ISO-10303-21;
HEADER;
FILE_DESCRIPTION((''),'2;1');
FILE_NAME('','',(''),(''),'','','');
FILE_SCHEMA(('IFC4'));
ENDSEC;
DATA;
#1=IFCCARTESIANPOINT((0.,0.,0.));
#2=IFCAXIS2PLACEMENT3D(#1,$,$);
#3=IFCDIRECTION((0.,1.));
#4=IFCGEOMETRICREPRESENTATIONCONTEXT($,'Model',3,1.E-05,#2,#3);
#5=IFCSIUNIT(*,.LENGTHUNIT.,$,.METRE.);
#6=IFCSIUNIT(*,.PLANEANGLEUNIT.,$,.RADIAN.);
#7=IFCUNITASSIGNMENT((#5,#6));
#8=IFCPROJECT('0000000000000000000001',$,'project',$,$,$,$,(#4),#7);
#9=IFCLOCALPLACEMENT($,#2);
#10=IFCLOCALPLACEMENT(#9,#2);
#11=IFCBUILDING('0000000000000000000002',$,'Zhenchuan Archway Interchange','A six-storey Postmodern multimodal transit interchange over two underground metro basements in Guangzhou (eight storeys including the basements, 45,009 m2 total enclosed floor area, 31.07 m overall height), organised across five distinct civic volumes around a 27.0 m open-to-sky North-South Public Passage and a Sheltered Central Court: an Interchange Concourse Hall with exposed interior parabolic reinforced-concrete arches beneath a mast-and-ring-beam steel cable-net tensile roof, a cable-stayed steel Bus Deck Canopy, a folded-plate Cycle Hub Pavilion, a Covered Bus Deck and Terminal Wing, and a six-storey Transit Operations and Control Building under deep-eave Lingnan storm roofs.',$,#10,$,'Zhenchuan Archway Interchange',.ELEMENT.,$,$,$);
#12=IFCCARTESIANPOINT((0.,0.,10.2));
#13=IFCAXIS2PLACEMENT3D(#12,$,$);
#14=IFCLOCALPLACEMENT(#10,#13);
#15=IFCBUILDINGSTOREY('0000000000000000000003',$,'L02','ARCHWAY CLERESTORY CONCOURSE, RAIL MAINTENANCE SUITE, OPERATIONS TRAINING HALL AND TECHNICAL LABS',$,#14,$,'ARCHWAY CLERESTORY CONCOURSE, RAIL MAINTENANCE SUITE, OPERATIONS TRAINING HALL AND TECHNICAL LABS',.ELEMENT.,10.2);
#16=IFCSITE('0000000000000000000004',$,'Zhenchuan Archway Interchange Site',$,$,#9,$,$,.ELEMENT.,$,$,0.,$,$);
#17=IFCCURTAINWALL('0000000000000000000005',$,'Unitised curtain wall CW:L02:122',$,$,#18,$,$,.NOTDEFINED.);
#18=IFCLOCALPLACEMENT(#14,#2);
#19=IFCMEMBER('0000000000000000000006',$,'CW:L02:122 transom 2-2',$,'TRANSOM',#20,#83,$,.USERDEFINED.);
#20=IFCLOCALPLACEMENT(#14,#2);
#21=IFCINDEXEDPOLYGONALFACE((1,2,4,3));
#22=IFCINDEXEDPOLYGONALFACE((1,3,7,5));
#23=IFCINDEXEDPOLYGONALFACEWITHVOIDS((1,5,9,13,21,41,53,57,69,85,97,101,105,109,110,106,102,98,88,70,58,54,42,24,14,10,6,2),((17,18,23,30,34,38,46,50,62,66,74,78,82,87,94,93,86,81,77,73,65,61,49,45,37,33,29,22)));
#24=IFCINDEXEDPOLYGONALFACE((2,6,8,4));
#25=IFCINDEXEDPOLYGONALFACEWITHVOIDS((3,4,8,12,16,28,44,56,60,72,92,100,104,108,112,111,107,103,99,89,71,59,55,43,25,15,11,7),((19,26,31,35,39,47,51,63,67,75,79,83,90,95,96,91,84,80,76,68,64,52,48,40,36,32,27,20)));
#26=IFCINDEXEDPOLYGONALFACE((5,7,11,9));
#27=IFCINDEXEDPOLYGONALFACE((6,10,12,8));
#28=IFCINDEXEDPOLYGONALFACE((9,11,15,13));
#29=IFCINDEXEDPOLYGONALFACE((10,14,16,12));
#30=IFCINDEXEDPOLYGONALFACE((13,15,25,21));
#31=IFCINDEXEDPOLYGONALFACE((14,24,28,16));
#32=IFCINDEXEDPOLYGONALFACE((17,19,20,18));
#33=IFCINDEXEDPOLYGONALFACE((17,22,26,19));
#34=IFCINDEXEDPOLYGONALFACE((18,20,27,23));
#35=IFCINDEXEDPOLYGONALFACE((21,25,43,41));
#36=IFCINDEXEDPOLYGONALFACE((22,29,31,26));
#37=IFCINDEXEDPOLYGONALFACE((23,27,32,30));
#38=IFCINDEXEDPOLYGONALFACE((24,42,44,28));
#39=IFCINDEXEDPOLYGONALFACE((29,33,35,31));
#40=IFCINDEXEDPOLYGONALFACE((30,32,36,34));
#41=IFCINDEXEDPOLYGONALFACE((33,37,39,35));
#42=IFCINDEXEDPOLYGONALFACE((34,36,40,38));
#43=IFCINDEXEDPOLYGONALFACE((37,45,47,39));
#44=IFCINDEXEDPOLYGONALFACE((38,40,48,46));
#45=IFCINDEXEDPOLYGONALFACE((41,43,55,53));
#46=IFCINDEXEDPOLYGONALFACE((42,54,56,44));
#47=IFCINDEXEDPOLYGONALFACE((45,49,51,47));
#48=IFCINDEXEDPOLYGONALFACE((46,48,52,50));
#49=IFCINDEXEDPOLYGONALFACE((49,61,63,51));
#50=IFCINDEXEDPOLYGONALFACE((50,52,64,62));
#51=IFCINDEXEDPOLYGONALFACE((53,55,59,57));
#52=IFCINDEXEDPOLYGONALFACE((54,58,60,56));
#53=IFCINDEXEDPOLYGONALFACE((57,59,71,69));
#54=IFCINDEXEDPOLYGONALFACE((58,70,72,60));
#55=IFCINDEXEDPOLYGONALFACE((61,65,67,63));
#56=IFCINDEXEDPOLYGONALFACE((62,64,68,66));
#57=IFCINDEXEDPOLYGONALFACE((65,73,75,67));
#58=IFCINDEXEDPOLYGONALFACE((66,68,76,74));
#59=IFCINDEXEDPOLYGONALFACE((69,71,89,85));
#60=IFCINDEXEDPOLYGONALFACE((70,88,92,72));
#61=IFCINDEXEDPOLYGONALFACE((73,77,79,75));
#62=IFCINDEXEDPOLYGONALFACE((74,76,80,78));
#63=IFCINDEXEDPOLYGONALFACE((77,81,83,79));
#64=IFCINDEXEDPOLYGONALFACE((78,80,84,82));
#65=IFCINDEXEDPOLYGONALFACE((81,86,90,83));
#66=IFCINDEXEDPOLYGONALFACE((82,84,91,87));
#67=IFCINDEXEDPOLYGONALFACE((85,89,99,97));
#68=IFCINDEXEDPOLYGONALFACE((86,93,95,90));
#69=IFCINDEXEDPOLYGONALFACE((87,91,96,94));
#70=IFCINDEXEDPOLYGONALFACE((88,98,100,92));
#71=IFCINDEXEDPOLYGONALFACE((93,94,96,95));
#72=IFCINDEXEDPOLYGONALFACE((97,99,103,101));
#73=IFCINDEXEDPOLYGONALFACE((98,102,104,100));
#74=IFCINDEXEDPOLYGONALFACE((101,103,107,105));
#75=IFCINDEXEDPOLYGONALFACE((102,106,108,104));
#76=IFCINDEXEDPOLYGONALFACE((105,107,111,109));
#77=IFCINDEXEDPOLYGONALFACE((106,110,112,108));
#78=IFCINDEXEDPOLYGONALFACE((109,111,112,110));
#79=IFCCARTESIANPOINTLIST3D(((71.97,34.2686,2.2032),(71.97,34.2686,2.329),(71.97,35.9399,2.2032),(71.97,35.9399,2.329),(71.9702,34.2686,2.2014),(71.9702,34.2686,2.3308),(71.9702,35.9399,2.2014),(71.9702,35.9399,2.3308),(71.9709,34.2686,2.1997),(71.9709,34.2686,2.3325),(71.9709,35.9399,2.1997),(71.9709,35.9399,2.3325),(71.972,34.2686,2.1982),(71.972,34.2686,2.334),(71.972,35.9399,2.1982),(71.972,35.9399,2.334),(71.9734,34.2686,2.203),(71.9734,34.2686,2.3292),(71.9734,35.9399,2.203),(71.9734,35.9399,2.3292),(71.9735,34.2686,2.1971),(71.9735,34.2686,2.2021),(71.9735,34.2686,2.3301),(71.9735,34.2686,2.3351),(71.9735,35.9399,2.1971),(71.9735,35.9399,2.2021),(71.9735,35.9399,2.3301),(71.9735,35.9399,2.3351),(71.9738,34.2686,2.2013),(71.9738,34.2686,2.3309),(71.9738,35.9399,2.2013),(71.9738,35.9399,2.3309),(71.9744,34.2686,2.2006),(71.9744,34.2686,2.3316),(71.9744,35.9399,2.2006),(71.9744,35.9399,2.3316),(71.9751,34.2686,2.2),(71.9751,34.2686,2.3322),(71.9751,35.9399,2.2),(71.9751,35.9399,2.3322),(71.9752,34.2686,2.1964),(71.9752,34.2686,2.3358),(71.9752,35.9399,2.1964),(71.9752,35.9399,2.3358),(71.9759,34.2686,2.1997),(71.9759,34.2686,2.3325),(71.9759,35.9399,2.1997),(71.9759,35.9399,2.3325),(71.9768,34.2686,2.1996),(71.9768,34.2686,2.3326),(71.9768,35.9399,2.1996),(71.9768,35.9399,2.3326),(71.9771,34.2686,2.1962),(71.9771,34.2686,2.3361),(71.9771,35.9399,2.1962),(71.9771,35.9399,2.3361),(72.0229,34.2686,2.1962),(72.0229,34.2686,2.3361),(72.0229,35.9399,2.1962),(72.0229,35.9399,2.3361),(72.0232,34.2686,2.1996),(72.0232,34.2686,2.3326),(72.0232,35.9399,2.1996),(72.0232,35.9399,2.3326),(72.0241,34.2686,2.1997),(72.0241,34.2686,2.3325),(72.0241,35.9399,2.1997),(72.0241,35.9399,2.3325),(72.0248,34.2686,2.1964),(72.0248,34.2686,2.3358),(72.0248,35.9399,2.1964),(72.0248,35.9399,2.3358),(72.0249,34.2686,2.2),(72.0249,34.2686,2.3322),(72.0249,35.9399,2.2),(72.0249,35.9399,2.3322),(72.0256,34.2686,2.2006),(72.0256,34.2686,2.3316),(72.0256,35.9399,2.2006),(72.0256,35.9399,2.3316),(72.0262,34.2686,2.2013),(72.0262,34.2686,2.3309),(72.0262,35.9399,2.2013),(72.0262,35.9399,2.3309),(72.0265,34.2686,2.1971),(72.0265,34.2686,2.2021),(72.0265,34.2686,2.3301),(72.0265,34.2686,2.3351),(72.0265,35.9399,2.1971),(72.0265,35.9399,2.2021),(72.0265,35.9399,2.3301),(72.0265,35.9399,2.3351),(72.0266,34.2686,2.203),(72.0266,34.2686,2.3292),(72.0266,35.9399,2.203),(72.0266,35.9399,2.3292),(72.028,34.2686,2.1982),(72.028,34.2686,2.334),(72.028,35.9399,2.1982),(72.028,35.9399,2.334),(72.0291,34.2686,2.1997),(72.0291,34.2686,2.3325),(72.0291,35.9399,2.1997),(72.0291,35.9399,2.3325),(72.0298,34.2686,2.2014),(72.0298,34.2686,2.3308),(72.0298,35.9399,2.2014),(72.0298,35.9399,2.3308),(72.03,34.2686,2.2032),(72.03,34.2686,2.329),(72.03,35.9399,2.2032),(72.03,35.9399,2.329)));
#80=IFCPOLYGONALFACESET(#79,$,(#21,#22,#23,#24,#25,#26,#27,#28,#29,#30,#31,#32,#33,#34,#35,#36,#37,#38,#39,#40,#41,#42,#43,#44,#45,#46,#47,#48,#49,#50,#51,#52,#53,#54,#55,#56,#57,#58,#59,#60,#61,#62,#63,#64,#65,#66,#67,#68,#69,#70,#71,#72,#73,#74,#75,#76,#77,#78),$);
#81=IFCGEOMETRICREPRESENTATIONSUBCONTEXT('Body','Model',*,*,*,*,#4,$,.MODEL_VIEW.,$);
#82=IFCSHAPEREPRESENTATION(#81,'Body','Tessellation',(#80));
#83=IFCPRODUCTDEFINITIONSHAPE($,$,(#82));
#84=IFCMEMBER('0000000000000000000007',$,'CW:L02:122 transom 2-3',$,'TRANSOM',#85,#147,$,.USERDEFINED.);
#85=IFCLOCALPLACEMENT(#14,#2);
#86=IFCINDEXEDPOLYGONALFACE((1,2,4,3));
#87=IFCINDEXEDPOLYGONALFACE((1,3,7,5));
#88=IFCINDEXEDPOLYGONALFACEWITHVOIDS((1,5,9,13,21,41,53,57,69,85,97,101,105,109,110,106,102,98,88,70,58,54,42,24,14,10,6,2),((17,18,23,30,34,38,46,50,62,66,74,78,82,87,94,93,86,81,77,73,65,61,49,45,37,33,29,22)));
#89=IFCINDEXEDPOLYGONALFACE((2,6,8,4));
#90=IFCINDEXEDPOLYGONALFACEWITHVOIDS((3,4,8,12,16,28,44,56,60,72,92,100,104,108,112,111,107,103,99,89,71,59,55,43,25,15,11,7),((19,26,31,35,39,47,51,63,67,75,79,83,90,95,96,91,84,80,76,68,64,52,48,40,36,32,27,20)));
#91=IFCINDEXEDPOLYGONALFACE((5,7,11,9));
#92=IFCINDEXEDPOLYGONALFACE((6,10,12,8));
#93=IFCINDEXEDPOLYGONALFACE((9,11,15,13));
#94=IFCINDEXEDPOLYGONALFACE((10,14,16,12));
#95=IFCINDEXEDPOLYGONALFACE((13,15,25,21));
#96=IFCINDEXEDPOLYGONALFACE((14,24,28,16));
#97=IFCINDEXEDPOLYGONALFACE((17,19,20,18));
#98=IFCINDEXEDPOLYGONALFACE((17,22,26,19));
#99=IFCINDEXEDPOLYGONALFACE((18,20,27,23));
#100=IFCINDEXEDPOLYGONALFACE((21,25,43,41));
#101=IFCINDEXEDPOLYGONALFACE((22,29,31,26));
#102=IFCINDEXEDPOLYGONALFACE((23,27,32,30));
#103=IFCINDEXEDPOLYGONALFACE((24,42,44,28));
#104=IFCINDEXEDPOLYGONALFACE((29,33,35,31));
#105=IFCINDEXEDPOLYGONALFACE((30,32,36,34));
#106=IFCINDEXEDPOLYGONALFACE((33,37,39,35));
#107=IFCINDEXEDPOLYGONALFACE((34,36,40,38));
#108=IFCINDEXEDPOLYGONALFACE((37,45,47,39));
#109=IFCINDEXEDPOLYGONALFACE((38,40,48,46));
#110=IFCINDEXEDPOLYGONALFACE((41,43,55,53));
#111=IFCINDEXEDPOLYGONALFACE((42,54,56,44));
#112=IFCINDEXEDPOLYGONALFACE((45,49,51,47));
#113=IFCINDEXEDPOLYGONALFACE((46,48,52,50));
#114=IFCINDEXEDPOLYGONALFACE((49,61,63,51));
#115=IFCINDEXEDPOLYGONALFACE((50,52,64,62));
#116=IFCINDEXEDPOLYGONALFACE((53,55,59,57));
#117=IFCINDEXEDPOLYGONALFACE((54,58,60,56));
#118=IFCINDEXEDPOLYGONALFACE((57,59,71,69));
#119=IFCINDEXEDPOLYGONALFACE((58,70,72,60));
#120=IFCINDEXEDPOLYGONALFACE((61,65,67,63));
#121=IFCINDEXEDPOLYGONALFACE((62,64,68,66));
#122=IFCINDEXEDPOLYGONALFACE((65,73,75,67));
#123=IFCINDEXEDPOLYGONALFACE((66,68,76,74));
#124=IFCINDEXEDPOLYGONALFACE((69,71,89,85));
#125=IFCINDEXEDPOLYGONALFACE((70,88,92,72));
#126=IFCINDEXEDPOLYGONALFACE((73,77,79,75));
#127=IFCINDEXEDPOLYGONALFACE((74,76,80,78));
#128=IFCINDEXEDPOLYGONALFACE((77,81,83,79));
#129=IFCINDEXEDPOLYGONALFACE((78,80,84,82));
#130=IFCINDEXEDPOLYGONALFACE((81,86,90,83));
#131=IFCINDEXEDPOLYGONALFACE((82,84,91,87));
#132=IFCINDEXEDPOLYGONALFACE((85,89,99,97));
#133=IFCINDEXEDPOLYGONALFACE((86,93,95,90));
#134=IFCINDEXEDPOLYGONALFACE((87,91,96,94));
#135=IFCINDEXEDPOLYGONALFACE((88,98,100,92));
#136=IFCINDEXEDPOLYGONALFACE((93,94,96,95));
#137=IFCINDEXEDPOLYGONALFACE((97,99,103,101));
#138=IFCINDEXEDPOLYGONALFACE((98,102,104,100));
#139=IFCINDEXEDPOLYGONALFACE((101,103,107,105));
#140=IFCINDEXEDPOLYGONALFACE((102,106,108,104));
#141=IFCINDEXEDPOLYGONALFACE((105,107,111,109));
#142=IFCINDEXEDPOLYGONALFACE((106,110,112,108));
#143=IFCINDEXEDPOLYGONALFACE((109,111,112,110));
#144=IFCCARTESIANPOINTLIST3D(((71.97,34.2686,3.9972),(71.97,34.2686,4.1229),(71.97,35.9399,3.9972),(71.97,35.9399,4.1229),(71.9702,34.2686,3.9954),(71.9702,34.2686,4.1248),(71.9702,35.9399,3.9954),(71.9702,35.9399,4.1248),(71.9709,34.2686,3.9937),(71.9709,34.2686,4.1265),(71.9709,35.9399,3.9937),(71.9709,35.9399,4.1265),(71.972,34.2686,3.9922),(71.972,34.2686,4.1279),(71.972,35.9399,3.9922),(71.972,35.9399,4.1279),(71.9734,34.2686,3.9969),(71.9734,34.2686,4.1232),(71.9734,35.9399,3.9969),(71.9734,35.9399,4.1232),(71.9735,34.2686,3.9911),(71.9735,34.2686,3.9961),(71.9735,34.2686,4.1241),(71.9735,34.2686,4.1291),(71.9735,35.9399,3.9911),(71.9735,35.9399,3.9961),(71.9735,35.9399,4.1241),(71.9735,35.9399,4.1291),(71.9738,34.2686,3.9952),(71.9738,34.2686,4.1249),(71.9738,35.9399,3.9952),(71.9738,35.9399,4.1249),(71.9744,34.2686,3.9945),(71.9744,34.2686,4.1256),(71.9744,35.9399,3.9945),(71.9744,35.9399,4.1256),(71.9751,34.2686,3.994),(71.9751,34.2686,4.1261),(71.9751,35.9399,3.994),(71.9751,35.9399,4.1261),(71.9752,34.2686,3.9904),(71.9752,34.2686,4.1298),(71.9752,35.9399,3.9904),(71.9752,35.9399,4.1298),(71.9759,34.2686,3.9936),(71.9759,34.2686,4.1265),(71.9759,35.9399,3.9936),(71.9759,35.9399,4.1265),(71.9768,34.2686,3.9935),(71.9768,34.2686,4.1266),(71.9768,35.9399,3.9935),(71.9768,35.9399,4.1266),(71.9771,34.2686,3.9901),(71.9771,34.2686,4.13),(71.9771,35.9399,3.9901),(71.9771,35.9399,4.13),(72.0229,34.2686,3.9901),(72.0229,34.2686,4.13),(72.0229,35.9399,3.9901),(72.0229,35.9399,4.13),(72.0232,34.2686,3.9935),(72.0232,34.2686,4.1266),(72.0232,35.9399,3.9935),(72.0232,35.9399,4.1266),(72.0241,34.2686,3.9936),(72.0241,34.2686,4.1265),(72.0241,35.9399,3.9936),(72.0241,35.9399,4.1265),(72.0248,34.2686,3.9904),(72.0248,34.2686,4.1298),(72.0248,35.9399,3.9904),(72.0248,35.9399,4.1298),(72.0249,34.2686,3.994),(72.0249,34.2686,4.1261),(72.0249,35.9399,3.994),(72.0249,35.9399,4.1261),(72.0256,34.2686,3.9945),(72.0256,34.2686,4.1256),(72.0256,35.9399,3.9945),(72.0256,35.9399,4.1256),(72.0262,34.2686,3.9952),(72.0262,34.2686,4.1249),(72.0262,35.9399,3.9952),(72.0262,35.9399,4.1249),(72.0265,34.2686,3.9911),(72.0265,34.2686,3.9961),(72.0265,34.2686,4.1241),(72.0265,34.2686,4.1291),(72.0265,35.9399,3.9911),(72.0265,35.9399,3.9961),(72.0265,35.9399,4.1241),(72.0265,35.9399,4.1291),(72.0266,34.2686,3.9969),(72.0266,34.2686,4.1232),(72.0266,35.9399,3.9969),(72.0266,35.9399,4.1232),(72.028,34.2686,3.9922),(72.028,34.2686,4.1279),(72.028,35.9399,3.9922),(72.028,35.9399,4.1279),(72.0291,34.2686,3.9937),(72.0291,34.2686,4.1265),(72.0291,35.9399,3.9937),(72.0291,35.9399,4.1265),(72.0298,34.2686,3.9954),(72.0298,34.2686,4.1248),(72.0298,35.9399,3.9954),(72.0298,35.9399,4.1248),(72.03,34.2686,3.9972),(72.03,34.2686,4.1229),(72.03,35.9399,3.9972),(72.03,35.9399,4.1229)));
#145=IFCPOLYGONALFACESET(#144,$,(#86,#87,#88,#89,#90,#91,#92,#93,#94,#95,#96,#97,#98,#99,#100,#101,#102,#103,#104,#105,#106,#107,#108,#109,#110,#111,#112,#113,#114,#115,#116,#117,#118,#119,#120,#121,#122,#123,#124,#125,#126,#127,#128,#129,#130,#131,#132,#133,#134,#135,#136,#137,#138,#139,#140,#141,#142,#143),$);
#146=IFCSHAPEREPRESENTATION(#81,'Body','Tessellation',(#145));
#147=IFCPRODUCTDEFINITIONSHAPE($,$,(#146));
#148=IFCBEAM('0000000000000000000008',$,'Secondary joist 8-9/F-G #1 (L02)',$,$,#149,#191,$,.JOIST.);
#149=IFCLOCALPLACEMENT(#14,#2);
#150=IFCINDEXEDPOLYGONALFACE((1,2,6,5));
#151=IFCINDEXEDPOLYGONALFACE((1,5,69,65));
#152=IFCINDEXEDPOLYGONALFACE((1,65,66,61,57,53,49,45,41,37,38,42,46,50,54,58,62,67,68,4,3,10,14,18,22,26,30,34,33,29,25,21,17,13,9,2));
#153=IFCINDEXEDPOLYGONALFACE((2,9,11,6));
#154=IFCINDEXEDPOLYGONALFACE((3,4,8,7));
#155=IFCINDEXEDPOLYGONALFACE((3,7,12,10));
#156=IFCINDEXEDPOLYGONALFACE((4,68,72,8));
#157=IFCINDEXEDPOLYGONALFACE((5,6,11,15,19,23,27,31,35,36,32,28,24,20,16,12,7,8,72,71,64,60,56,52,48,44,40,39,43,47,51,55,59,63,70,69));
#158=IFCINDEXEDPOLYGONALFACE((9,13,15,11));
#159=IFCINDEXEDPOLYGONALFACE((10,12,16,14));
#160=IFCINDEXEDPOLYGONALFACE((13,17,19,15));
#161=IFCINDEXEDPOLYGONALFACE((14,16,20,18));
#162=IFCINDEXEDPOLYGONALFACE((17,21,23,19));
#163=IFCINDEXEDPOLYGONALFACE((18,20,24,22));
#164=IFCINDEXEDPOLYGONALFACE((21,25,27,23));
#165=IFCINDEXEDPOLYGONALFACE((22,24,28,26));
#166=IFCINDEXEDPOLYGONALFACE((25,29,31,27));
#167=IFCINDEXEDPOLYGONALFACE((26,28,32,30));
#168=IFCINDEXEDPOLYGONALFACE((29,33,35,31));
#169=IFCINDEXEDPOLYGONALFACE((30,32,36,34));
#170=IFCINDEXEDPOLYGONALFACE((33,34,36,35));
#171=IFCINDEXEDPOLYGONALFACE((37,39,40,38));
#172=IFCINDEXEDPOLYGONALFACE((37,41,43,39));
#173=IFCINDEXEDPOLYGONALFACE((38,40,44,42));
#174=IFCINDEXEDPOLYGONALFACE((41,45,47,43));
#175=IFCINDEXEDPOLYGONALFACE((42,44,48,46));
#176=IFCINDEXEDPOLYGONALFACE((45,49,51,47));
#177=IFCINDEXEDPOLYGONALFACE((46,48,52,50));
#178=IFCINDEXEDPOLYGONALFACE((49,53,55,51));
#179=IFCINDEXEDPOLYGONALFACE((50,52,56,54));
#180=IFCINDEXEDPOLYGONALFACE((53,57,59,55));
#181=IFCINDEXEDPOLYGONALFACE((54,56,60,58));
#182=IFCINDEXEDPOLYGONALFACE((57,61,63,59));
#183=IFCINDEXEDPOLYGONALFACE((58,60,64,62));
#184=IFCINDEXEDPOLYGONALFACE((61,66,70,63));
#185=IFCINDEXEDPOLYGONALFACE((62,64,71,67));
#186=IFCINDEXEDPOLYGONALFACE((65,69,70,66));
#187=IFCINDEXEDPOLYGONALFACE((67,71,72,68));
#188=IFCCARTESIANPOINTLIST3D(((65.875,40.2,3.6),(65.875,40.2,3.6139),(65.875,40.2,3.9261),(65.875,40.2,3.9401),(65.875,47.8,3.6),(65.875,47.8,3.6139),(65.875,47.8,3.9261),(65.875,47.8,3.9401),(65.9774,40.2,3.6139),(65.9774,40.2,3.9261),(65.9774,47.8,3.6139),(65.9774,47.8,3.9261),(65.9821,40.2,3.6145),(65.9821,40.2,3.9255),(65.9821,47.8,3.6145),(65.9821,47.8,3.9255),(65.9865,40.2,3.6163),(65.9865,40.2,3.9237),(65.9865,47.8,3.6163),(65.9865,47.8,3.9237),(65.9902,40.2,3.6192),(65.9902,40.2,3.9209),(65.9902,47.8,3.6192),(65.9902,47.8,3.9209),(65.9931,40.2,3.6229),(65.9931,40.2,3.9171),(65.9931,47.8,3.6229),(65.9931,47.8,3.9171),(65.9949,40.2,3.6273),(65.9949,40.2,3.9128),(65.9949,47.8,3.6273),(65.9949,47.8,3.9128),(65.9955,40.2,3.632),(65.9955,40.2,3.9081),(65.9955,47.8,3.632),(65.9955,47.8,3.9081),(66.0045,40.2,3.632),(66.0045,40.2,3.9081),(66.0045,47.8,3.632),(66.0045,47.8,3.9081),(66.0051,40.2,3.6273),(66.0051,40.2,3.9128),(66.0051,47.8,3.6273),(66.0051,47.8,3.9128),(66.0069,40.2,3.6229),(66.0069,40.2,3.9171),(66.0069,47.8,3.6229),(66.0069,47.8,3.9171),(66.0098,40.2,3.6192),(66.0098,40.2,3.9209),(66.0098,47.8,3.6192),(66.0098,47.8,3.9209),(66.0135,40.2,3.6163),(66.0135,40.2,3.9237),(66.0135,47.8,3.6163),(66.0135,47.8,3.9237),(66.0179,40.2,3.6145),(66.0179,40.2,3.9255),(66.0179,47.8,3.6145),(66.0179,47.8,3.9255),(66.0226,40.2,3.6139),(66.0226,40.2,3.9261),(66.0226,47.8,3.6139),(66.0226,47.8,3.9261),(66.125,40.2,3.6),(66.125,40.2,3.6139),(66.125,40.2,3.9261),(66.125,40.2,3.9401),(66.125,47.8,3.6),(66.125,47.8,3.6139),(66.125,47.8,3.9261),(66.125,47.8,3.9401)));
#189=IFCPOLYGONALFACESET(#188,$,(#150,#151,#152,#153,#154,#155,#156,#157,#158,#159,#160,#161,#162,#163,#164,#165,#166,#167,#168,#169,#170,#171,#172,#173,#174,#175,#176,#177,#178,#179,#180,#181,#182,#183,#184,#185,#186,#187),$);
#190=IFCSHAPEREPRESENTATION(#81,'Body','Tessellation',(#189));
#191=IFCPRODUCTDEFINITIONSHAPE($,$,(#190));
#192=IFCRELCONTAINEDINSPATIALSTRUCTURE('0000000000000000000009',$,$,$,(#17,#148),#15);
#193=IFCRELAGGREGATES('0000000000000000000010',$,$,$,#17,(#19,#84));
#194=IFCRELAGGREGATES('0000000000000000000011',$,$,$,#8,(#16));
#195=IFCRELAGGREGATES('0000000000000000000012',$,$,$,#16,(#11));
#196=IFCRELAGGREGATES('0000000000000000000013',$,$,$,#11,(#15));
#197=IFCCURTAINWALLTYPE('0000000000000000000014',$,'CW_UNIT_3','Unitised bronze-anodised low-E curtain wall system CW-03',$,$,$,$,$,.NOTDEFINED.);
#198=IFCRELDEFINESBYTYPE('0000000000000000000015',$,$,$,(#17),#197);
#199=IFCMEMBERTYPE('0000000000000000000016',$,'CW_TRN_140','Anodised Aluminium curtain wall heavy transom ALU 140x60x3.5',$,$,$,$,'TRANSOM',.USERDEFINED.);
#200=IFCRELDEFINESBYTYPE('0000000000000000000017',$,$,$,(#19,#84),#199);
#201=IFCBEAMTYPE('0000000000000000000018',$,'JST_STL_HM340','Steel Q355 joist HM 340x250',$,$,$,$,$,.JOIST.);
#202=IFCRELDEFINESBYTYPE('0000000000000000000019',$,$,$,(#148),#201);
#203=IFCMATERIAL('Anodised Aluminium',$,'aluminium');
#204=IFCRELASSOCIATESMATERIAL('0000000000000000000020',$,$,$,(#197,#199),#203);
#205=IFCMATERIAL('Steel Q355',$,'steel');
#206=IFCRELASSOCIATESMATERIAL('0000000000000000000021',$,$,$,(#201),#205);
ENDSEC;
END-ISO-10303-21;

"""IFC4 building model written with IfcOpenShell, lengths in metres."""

from ifc_helpers import new_model, si_unit, direction, frame, origin, origin_2d, place, context, subcontext, project, spatial, hollow_rectangle, i_section, extrude, material, material_profile, profile_set, type_object, element, aggregate, save


model = new_model("IFC4")

# Units and contexts
model_context = context("Model", 3, precision=1e-05, world=origin(), true_north=direction((0.0, 1.0)))
body_context = subcontext(model_context, "Body", "Model", "MODEL_VIEW")
ifc_project = project(units=[si_unit("LENGTHUNIT", "METRE"), si_unit("PLANEANGLEUNIT", "RADIAN")], contexts=[model_context])

# Site, building, storey
site_placement = place(None, origin())
site = spatial("IfcSite", under=ifc_project, at=site_placement, Name="Zhenchuan Archway Interchange Site", CompositionType="ELEMENT", RefElevation=0.0)
building_placement = place(site_placement, origin())
building = spatial("IfcBuilding", under=site, at=building_placement, Name="Zhenchuan Archway Interchange", Description="A six-storey Postmodern multimodal transit interchange over two underground metro basements in Guangzhou (eight storeys including the basements, 45,009 m2 total enclosed floor area, 31.07 m overall height), organised across five distinct civic volumes around a 27.0 m open-to-sky North-South Public Passage and a Sheltered Central Court: an Interchange Concourse Hall with exposed interior parabolic reinforced-concrete arches beneath a mast-and-ring-beam steel cable-net tensile roof, a cable-stayed steel Bus Deck Canopy, a folded-plate Cycle Hub Pavilion, a Covered Bus Deck and Terminal Wing, and a six-storey Transit Operations and Control Building under deep-eave Lingnan storm roofs.", LongName="Zhenchuan Archway Interchange", CompositionType="ELEMENT")
storey_placement = place(building_placement, frame((0.0, 0.0, 10.2)))
storey = spatial("IfcBuildingStorey", under=building, at=storey_placement, Name="L02", Description="ARCHWAY CLERESTORY CONCOURSE, RAIL MAINTENANCE SUITE, OPERATIONS TRAINING HALL AND TECHNICAL LABS", LongName="ARCHWAY CLERESTORY CONCOURSE, RAIL MAINTENANCE SUITE, OPERATIONS TRAINING HALL AND TECHNICAL LABS", CompositionType="ELEMENT", Elevation=10.2)

# Curtain wall, members
ifc_material_1 = material(Name="Anodised Aluminium", Category="aluminium")
curtain_wall_type = type_object("IfcCurtainWallType", Name="CW_UNIT_3", Description="Unitised bronze-anodised low-E curtain wall system CW-03", PredefinedType="NOTDEFINED", material=ifc_material_1)
curtain_wall_placement = place(storey_placement, origin())
curtain_wall = element("IfcCurtainWall", 1, at=curtain_wall_placement, inside=storey, type_object=curtain_wall_type, Name="Unitised curtain wall CW:L02:122", PredefinedType="NOTDEFINED")
ifc_material_profile_1 = material_profile(ifc_material_1, hollow_rectangle(XDim=0.0601, YDim=0.1399, WallThickness=0.0034, InnerFilletRadius=0.0034, OuterFilletRadius=0.0071, at=origin_2d()), Name="ALU 140x60x3.5")
ifc_profile_set_1 = profile_set([ifc_material_profile_1], Name="Anodised Aluminium")
member_type_1 = type_object("IfcMemberType", Name="CW_TRN_140", Description="Anodised Aluminium curtain wall heavy transom ALU 140x60x3.5", ElementType="TRANSOM", PredefinedType="USERDEFINED", material=ifc_profile_set_1)
member_1_placement = place(storey_placement, frame((72.0, 35.9399, 2.2661), z_axis=(0.0, -1.0, 0.0), x_axis=(1.0, 0.0, 0.0)))
member_1 = element("IfcMember", 2, at=member_1_placement, type_object=member_type_1, Name="CW:L02:122 transom 2-2", ObjectType="TRANSOM", PredefinedType="USERDEFINED", context=body_context, shape_type="SweptSolid", body=[
    extrude(hollow_rectangle(XDim=0.0601, YDim=0.1399, WallThickness=0.0034, InnerFilletRadius=0.0034, OuterFilletRadius=0.0071, at=origin_2d()), origin(), (0.0, 0.0, 1.0), 1.6714),
])
member_2_placement = place(storey_placement, frame((72.0, 35.9399, 4.0601), z_axis=(0.0, -1.0, 0.0), x_axis=(1.0, 0.0, 0.0)))
member_2 = element("IfcMember", 3, at=member_2_placement, type_object=member_type_1, Name="CW:L02:122 transom 2-3", ObjectType="TRANSOM", PredefinedType="USERDEFINED", context=body_context, shape_type="SweptSolid", body=[
    extrude(hollow_rectangle(XDim=0.0601, YDim=0.1399, WallThickness=0.0034, InnerFilletRadius=0.0034, OuterFilletRadius=0.0071, at=origin_2d()), origin(), (0.0, 0.0, 1.0), 1.6714),
])

# Beam
ifc_material_2 = material(Name="Steel Q355", Category="steel")
ifc_material_profile_2 = material_profile(ifc_material_2, i_section(OverallWidth=0.25, OverallDepth=0.3401, WebThickness=0.009, FlangeThickness=0.0139, FilletRadius=0.0181, at=origin_2d()), Name="HM 340x250")
ifc_profile_set_2 = profile_set([ifc_material_profile_2], Name="Steel Q355")
beam_type_1 = type_object("IfcBeamType", Name="JST_STL_HM340", Description="Steel Q355 joist HM 340x250", PredefinedType="JOIST", material=ifc_profile_set_2)
for number, where, z_axis, x_axis, name in (
    (4, (66.0, 40.2, 3.77), (0.0, 1.0, 0.0), (-1.0, 0.0, 0.0), "Secondary joist 8-9/F-G #1 (L02)"),
):
    element("IfcBeam", number, at=place(storey_placement, frame(where, z_axis=z_axis, x_axis=x_axis)), inside=storey, type_object=beam_type_1, Name=name, PredefinedType="JOIST", context=body_context, shape_type="SweptSolid", body=[
        extrude(i_section(OverallWidth=0.25, OverallDepth=0.3401, WebThickness=0.009, FlangeThickness=0.0139, FilletRadius=0.0181, at=origin_2d()), origin(), (0.0, 0.0, 1.0), 7.6001),
    ])

aggregate(curtain_wall, [member_1, member_2])

save(model, "model.ifc")
